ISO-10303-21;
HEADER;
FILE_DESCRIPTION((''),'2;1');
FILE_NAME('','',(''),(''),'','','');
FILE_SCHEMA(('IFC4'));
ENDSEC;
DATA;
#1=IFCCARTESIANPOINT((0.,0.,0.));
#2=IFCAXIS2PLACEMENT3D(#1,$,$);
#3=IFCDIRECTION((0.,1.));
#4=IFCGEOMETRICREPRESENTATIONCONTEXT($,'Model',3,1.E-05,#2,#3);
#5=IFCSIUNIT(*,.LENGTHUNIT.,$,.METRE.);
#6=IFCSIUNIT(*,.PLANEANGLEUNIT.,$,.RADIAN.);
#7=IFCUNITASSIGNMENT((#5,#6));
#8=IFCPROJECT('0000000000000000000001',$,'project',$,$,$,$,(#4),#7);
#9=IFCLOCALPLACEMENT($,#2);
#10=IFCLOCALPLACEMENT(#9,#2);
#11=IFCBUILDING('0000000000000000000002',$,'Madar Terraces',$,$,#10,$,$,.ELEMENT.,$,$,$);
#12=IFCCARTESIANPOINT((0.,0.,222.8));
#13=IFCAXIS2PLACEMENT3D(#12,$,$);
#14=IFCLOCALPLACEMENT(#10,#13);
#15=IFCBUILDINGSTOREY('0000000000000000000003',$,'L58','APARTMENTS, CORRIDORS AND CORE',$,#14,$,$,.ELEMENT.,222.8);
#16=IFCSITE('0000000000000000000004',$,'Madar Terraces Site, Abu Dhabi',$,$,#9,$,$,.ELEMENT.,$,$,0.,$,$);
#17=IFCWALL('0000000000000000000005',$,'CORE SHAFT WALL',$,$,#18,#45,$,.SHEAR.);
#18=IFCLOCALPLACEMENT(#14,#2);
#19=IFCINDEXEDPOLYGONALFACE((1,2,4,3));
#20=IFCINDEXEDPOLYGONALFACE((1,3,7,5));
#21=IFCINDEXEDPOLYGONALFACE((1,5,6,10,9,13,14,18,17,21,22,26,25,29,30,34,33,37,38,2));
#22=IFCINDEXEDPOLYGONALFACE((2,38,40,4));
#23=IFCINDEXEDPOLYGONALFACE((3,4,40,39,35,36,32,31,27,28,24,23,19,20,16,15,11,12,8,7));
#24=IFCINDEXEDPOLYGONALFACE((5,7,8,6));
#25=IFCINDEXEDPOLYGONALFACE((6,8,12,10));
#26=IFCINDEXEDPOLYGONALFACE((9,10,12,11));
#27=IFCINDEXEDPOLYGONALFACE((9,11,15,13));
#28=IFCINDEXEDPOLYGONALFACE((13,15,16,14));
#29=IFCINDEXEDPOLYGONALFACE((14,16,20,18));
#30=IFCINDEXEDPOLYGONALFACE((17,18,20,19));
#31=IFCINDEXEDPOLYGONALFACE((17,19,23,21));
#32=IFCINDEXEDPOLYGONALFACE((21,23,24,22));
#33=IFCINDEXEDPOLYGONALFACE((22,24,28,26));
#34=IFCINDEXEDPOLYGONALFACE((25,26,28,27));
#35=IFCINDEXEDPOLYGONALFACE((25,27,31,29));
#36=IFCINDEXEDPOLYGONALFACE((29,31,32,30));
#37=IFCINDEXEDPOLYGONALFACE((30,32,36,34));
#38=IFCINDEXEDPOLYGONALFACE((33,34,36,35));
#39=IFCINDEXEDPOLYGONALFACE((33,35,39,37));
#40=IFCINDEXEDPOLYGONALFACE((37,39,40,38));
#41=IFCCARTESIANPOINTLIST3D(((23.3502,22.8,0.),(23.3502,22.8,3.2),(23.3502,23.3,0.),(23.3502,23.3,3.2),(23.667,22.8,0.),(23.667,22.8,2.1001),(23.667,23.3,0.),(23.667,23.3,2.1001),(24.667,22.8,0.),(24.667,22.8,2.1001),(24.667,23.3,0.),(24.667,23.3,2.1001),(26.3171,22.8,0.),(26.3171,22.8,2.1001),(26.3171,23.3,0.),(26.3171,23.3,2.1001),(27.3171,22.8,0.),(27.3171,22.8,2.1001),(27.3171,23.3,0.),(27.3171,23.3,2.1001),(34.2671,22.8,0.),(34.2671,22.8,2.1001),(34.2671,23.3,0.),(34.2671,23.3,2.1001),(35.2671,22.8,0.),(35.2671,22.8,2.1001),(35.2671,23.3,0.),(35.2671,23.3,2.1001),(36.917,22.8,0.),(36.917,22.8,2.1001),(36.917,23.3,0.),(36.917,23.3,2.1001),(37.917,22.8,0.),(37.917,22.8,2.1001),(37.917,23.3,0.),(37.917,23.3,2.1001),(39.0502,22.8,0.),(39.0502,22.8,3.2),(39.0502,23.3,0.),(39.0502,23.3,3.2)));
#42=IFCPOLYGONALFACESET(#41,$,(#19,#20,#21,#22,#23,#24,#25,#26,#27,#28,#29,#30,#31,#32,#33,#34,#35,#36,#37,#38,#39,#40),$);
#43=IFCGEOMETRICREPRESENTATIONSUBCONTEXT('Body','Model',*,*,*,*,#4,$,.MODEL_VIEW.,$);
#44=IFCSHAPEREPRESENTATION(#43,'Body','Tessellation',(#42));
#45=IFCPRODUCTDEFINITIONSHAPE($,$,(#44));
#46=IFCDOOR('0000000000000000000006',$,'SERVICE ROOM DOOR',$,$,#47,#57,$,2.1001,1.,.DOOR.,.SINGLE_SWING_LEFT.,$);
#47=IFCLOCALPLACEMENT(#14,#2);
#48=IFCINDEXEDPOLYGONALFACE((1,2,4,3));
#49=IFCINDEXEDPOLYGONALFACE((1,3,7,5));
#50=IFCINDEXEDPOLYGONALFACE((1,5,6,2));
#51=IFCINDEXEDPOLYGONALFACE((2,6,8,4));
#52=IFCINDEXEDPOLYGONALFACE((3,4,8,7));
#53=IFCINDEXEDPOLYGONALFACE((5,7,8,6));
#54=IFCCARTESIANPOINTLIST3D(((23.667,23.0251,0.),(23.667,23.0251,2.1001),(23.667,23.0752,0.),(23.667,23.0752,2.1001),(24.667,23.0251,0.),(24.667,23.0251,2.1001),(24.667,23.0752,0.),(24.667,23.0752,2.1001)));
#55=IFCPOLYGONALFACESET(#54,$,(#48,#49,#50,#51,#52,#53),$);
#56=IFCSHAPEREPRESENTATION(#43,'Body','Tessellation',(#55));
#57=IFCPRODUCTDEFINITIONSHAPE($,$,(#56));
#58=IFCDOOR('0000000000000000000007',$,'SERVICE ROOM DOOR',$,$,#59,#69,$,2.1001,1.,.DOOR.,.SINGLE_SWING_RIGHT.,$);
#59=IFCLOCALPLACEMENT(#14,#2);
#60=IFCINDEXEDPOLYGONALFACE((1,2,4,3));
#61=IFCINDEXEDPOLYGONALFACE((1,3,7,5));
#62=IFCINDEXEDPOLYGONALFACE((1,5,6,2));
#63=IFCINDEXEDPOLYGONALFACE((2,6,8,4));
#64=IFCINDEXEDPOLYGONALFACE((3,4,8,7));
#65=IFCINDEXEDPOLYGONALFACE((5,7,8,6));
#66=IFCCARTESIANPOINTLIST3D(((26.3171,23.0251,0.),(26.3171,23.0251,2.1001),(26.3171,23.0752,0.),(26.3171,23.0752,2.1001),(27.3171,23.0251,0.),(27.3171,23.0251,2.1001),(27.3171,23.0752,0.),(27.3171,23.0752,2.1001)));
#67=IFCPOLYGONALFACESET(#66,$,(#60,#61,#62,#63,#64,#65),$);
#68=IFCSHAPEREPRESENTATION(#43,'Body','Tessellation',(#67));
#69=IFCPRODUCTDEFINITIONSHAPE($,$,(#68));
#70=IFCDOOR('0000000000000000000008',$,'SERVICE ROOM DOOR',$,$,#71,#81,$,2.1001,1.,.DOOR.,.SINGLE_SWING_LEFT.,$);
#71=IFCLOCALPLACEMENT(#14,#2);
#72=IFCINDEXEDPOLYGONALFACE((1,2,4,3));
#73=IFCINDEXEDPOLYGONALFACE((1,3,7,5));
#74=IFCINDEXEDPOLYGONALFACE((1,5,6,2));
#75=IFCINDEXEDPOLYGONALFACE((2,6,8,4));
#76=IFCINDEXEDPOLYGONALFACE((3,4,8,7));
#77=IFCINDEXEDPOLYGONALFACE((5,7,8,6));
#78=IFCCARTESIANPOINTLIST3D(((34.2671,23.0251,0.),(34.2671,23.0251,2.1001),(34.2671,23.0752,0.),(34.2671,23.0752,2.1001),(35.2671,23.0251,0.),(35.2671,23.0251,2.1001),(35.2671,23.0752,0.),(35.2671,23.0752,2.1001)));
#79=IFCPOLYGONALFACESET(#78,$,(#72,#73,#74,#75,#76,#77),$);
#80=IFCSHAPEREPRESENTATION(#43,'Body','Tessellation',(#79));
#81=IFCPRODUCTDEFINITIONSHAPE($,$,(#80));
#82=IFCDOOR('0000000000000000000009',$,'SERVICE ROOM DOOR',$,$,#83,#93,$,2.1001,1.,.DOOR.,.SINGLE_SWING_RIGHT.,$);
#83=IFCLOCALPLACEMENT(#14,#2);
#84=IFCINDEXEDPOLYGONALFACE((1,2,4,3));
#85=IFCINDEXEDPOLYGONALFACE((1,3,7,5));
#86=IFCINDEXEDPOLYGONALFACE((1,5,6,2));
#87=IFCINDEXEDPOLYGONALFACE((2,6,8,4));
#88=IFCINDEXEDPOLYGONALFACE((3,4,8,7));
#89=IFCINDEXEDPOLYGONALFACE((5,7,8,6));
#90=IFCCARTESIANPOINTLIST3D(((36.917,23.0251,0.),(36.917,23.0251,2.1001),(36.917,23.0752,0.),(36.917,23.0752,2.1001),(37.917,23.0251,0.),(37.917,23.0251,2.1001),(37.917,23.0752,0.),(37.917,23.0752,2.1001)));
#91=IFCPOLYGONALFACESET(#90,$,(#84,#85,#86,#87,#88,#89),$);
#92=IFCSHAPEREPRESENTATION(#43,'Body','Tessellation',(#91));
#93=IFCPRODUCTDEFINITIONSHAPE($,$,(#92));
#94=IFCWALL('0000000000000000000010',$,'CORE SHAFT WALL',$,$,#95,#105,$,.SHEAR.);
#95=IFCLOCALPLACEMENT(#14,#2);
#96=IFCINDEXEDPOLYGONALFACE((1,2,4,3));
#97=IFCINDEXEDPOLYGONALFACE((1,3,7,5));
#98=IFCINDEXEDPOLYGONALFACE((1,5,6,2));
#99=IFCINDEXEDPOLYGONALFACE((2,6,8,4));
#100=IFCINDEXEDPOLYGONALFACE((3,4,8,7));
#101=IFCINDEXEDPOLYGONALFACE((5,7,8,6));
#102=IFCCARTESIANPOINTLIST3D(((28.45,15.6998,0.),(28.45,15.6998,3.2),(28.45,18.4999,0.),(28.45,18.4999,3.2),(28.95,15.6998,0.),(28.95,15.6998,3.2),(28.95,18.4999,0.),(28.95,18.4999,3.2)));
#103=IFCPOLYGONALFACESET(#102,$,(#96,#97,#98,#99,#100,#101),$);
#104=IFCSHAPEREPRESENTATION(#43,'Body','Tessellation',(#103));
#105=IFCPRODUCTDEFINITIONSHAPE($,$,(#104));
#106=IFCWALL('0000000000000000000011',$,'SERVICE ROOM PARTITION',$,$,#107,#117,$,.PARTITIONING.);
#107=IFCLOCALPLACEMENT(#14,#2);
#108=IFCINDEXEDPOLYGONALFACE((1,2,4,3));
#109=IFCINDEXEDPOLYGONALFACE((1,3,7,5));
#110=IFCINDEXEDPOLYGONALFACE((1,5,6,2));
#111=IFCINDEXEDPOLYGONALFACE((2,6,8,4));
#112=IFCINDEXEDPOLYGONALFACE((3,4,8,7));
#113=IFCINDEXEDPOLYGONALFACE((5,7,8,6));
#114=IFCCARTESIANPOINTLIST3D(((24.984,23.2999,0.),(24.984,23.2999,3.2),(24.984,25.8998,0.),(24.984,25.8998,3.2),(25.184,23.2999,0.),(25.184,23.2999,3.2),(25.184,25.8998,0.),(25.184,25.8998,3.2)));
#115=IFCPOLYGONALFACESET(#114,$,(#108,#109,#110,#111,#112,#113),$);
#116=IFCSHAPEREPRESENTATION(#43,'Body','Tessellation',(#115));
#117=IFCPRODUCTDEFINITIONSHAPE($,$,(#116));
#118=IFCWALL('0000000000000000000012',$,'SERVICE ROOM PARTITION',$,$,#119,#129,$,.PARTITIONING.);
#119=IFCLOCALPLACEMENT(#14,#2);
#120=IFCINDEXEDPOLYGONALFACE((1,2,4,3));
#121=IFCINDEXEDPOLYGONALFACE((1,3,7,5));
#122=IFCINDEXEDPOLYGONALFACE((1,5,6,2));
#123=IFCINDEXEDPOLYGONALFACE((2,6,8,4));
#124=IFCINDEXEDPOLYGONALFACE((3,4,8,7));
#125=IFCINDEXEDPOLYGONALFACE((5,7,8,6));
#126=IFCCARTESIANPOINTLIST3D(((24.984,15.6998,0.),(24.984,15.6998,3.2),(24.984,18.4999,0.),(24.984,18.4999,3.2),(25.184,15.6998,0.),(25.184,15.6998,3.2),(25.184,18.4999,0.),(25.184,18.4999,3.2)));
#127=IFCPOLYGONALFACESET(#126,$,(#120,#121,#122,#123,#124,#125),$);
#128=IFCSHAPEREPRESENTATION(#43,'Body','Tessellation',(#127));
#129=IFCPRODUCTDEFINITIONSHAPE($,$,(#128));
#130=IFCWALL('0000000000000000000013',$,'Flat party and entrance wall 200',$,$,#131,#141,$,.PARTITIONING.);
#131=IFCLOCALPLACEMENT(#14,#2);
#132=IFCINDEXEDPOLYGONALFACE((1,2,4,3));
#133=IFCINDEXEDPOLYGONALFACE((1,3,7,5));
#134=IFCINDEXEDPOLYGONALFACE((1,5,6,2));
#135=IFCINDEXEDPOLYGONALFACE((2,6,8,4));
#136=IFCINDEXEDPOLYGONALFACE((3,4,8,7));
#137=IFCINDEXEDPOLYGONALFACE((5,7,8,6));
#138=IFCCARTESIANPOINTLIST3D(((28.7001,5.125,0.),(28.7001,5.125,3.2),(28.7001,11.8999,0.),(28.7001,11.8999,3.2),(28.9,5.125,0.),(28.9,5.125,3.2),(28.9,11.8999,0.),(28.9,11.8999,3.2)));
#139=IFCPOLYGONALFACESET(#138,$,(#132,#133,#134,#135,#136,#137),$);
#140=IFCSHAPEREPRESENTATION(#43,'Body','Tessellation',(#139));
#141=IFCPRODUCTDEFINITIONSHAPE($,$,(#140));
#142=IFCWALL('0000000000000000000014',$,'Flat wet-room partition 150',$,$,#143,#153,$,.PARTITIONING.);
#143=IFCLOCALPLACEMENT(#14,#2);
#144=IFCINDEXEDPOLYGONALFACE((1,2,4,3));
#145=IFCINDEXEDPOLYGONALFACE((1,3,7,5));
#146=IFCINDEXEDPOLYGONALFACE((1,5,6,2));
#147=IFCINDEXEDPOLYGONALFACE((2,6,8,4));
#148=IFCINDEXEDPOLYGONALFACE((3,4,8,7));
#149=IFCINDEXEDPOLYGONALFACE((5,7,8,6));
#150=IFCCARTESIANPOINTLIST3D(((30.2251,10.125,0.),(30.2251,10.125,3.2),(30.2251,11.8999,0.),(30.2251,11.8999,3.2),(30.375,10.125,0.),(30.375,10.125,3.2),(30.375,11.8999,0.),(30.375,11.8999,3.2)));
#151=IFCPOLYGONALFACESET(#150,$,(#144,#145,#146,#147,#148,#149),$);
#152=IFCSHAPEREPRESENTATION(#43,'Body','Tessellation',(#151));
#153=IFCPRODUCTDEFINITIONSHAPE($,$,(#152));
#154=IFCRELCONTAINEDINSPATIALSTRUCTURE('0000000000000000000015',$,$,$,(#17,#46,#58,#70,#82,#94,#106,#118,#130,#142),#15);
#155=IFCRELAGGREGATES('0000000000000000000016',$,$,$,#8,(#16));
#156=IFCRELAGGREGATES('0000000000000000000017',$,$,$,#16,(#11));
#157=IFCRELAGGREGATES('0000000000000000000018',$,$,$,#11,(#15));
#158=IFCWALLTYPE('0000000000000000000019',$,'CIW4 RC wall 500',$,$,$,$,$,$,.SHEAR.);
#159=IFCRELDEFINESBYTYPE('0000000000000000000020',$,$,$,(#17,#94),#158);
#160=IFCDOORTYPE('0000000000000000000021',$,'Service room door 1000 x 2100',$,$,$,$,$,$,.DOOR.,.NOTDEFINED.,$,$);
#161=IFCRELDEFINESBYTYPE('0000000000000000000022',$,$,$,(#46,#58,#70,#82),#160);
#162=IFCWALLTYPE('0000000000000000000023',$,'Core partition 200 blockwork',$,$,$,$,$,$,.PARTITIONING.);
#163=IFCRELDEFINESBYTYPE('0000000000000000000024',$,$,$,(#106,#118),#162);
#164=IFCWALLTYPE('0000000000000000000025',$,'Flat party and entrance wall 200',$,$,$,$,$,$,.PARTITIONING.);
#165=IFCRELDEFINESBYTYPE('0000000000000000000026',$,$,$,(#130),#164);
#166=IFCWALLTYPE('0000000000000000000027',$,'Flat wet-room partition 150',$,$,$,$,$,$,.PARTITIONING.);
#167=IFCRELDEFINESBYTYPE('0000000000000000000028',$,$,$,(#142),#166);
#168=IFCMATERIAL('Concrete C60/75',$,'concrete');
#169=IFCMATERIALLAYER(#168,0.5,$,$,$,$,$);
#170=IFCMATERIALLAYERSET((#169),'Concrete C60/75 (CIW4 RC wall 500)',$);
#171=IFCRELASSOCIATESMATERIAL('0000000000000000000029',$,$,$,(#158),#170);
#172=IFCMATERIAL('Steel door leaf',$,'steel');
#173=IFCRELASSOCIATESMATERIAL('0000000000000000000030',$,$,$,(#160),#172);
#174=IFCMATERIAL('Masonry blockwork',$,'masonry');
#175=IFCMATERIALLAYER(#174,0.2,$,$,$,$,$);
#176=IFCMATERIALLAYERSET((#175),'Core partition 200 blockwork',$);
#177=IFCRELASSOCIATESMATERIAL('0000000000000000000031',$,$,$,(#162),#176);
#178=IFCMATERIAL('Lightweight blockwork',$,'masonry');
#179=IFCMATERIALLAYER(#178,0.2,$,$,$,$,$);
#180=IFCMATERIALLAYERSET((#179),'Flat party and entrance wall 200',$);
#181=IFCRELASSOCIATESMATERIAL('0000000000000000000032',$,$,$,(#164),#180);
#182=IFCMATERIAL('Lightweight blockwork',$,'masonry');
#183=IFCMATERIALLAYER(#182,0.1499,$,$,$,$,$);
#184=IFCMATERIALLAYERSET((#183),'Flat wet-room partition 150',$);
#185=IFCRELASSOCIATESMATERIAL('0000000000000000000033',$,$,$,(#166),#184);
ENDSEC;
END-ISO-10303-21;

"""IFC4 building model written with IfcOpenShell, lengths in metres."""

from ifc_helpers import new_model, si_unit, direction, frame, frame_2d, origin, place, context, subcontext, project, spatial, rectangle, extrude, material, layer, layer_set, type_object, element, fill, save


model = new_model("IFC4")

# Units and contexts
model_context = context("Model", 3, precision=1e-05, world=origin(), true_north=direction((0.0, 1.0)))
body_context = subcontext(model_context, "Body", "Model", "MODEL_VIEW")
ifc_project = project(units=[si_unit("LENGTHUNIT", "METRE"), si_unit("PLANEANGLEUNIT", "RADIAN")], contexts=[model_context])

# Site, building, storey
site_placement = place(None, origin())
site = spatial("IfcSite", under=ifc_project, at=site_placement, Name="Madar Terraces Site, Abu Dhabi", CompositionType="ELEMENT", RefElevation=0.0)
building_placement = place(site_placement, origin())
building = spatial("IfcBuilding", under=site, at=building_placement, Name="Madar Terraces", CompositionType="ELEMENT")
storey_placement = place(building_placement, frame((0.0, 0.0, 222.8)))
storey = spatial("IfcBuildingStorey", under=building, at=storey_placement, Name="L58", Description="APARTMENTS, CORRIDORS AND CORE", CompositionType="ELEMENT", Elevation=222.8)

# Shared definitions
ifc_material_1 = material(Name="Concrete C60/75", Category="concrete")
ifc_layer_1 = layer(ifc_material_1, 0.5)
ifc_layer_set_1 = layer_set([ifc_layer_1], Name="Concrete C60/75 (CIW4 RC wall 500)")
wall_type_1 = type_object("IfcWallType", Name="CIW4 RC wall 500", PredefinedType="SHEAR", material=ifc_layer_set_1)

# Wall, openings, doors
ifc_material_2 = material(Name="Steel door leaf", Category="steel")
door_type = type_object("IfcDoorType", Name="Service room door 1000 x 2100", OperationType="NOTDEFINED", PredefinedType="DOOR", material=ifc_material_2)
wall_1_placement = place(storey_placement, frame((23.3501, 23.05, 0.0), z_axis=(0.0, 0.0, 1.0), x_axis=(1.0, 0.0, 0.0)))
wall_1 = element("IfcWall", 1, at=wall_1_placement, inside=storey, type_object=wall_type_1, Name="CORE SHAFT WALL", PredefinedType="SHEAR", context=body_context, shape_type="SweptSolid", body=[
    extrude(rectangle(XDim=15.7, YDim=0.5, at=frame_2d((7.8501, 0.0))), origin(), (0.0, 0.0, 1.0), 3.2),
])
opening_1_placement = place(wall_1_placement, frame((0.3169, 0.0, 0.0)))
opening_1 = element("IfcOpeningElement", 2, at=opening_1_placement, cuts=wall_1, PredefinedType="OPENING", context=body_context, shape_type="SweptSolid", body=[
    extrude(rectangle(XDim=1.0, YDim=2.1001, at=frame_2d((0.5, 1.05))), frame((0.0, 0.26, 0.0), z_axis=(0.0, -1.0, 0.0), x_axis=(1.0, 0.0, 0.0)), (0.0, 0.0, 1.0), 0.52),
])
opening_2_placement = place(wall_1_placement, frame((2.967, 0.0, 0.0)))
opening_2 = element("IfcOpeningElement", 3, at=opening_2_placement, cuts=wall_1, PredefinedType="OPENING", context=body_context, shape_type="SweptSolid", body=[
    extrude(rectangle(XDim=1.0, YDim=2.1001, at=frame_2d((0.5, 1.05))), frame((0.0, 0.26, 0.0), z_axis=(0.0, -1.0, 0.0), x_axis=(1.0, 0.0, 0.0)), (0.0, 0.0, 1.0), 0.52),
])
opening_3_placement = place(wall_1_placement, frame((10.917, 0.0, 0.0)))
opening_3 = element("IfcOpeningElement", 4, at=opening_3_placement, cuts=wall_1, PredefinedType="OPENING", context=body_context, shape_type="SweptSolid", body=[
    extrude(rectangle(XDim=1.0, YDim=2.1001, at=frame_2d((0.5, 1.05))), frame((0.0, 0.26, 0.0), z_axis=(0.0, -1.0, 0.0), x_axis=(1.0, 0.0, 0.0)), (0.0, 0.0, 1.0), 0.52),
])
opening_4_placement = place(wall_1_placement, frame((13.5669, 0.0, 0.0)))
opening_4 = element("IfcOpeningElement", 5, at=opening_4_placement, cuts=wall_1, PredefinedType="OPENING", context=body_context, shape_type="SweptSolid", body=[
    extrude(rectangle(XDim=1.0, YDim=2.1001, at=frame_2d((0.5, 1.05))), frame((0.0, 0.26, 0.0), z_axis=(0.0, -1.0, 0.0), x_axis=(1.0, 0.0, 0.0)), (0.0, 0.0, 1.0), 0.52),
])
door_1_placement = place(opening_1_placement, frame((1.0, 0.0, 0.0), z_axis=(0.0, 0.0, 1.0), x_axis=(-1.0, 0.0, 0.0)))
door_1 = element("IfcDoor", 6, at=door_1_placement, inside=storey, type_object=door_type, Name="SERVICE ROOM DOOR", OperationType="SINGLE_SWING_LEFT", OverallHeight=2.1001, OverallWidth=1.0, PredefinedType="DOOR", context=body_context, shape_type="SweptSolid", body=[
    extrude(rectangle(XDim=1.0, YDim=2.1001, at=frame_2d((0.5, 1.05))), frame((0.0, 0.0249, 0.0), z_axis=(0.0, -1.0, 0.0), x_axis=(1.0, 0.0, 0.0)), (0.0, 0.0, 1.0), 0.05),
])
fill(opening_1, door_1)
door_2_placement = place(opening_2_placement, frame((1.0, 0.0, 0.0), z_axis=(0.0, 0.0, 1.0), x_axis=(-1.0, 0.0, 0.0)))
door_2 = element("IfcDoor", 7, at=door_2_placement, inside=storey, type_object=door_type, Name="SERVICE ROOM DOOR", OperationType="SINGLE_SWING_RIGHT", OverallHeight=2.1001, OverallWidth=1.0, PredefinedType="DOOR", context=body_context, shape_type="SweptSolid", body=[
    extrude(rectangle(XDim=1.0, YDim=2.1001, at=frame_2d((0.5, 1.05))), frame((0.0, 0.0249, 0.0), z_axis=(0.0, -1.0, 0.0), x_axis=(1.0, 0.0, 0.0)), (0.0, 0.0, 1.0), 0.05),
])
fill(opening_2, door_2)
door_3_placement = place(opening_3_placement, frame((1.0, 0.0, 0.0), z_axis=(0.0, 0.0, 1.0), x_axis=(-1.0, 0.0, 0.0)))
door_3 = element("IfcDoor", 8, at=door_3_placement, inside=storey, type_object=door_type, Name="SERVICE ROOM DOOR", OperationType="SINGLE_SWING_LEFT", OverallHeight=2.1001, OverallWidth=1.0, PredefinedType="DOOR", context=body_context, shape_type="SweptSolid", body=[
    extrude(rectangle(XDim=1.0, YDim=2.1001, at=frame_2d((0.5, 1.05))), frame((0.0, 0.0249, 0.0), z_axis=(0.0, -1.0, 0.0), x_axis=(1.0, 0.0, 0.0)), (0.0, 0.0, 1.0), 0.05),
])
fill(opening_3, door_3)
door_4_placement = place(opening_4_placement, frame((1.0, 0.0, 0.0), z_axis=(0.0, 0.0, 1.0), x_axis=(-1.0, 0.0, 0.0)))
door_4 = element("IfcDoor", 9, at=door_4_placement, inside=storey, type_object=door_type, Name="SERVICE ROOM DOOR", OperationType="SINGLE_SWING_RIGHT", OverallHeight=2.1001, OverallWidth=1.0, PredefinedType="DOOR", context=body_context, shape_type="SweptSolid", body=[
    extrude(rectangle(XDim=1.0, YDim=2.1001, at=frame_2d((0.5, 1.05))), frame((0.0, 0.0249, 0.0), z_axis=(0.0, -1.0, 0.0), x_axis=(1.0, 0.0, 0.0)), (0.0, 0.0, 1.0), 0.05),
])
fill(opening_4, door_4)

# Walls
wall_2_placement = place(storey_placement, frame((28.7, 15.7, 0.0), z_axis=(0.0, 0.0, 1.0), x_axis=(0.0, 1.0, 0.0)))
element("IfcWall", 10, at=wall_2_placement, inside=storey, type_object=wall_type_1, Name="CORE SHAFT WALL", PredefinedType="SHEAR", context=body_context, shape_type="SweptSolid", body=[
    extrude(rectangle(XDim=2.8, YDim=0.5, at=frame_2d((1.3999, 0.0))), origin(), (0.0, 0.0, 1.0), 3.2),
])
ifc_material_3 = material(Name="Masonry blockwork", Category="masonry")
ifc_layer_2 = layer(ifc_material_3, 0.2)
ifc_layer_set_2 = layer_set([ifc_layer_2], Name="Core partition 200 blockwork")
wall_type_2 = type_object("IfcWallType", Name="Core partition 200 blockwork", PredefinedType="PARTITIONING", material=ifc_layer_set_2)
wall_3_placement = place(storey_placement, frame((25.084, 23.3, 0.0), z_axis=(0.0, 0.0, 1.0), x_axis=(0.0, 1.0, 0.0)))
element("IfcWall", 11, at=wall_3_placement, inside=storey, type_object=wall_type_2, Name="SERVICE ROOM PARTITION", PredefinedType="PARTITIONING", context=body_context, shape_type="SweptSolid", body=[
    extrude(rectangle(XDim=2.5999, YDim=0.2, at=frame_2d((1.2998, 0.0))), origin(), (0.0, 0.0, 1.0), 3.2),
])
wall_4_placement = place(storey_placement, frame((25.084, 15.7, 0.0), z_axis=(0.0, 0.0, 1.0), x_axis=(0.0, 1.0, 0.0)))
element("IfcWall", 12, at=wall_4_placement, inside=storey, type_object=wall_type_2, Name="SERVICE ROOM PARTITION", PredefinedType="PARTITIONING", context=body_context, shape_type="SweptSolid", body=[
    extrude(rectangle(XDim=2.8, YDim=0.2, at=frame_2d((1.3999, 0.0))), origin(), (0.0, 0.0, 1.0), 3.2),
])
ifc_material_4 = material(Name="Lightweight blockwork", Category="masonry")
ifc_layer_3 = layer(ifc_material_4, 0.2)
ifc_layer_set_3 = layer_set([ifc_layer_3], Name="Flat party and entrance wall 200")
wall_type_3 = type_object("IfcWallType", Name="Flat party and entrance wall 200", PredefinedType="PARTITIONING", material=ifc_layer_set_3)
wall_5_placement = place(storey_placement, frame((28.8, 11.8999, 0.0), z_axis=(0.0, 0.0, 1.0), x_axis=(0.0, -1.0, 0.0)))
element("IfcWall", 13, at=wall_5_placement, inside=storey, type_object=wall_type_3, Name="Flat party and entrance wall 200", PredefinedType="PARTITIONING", context=body_context, shape_type="SweptSolid", body=[
    extrude(rectangle(XDim=6.7749, YDim=0.2, at=frame_2d((3.3875, 0.0))), origin(), (0.0, 0.0, 1.0), 3.2),
])
ifc_material_5 = material(Name="Lightweight blockwork", Category="masonry")
ifc_layer_4 = layer(ifc_material_5, 0.1499)
ifc_layer_set_4 = layer_set([ifc_layer_4], Name="Flat wet-room partition 150")
wall_type_4 = type_object("IfcWallType", Name="Flat wet-room partition 150", PredefinedType="PARTITIONING", material=ifc_layer_set_4)
wall_6_placement = place(storey_placement, frame((30.3, 11.8999, 0.0), z_axis=(0.0, 0.0, 1.0), x_axis=(0.0, -1.0, 0.0)))
element("IfcWall", 14, at=wall_6_placement, inside=storey, type_object=wall_type_4, Name="Flat wet-room partition 150", PredefinedType="PARTITIONING", context=body_context, shape_type="SweptSolid", body=[
    extrude(rectangle(XDim=1.7749, YDim=0.1499, at=frame_2d((0.8875, 0.0))), origin(), (0.0, 0.0, 1.0), 3.2),
])

save(model, "model.ifc")
